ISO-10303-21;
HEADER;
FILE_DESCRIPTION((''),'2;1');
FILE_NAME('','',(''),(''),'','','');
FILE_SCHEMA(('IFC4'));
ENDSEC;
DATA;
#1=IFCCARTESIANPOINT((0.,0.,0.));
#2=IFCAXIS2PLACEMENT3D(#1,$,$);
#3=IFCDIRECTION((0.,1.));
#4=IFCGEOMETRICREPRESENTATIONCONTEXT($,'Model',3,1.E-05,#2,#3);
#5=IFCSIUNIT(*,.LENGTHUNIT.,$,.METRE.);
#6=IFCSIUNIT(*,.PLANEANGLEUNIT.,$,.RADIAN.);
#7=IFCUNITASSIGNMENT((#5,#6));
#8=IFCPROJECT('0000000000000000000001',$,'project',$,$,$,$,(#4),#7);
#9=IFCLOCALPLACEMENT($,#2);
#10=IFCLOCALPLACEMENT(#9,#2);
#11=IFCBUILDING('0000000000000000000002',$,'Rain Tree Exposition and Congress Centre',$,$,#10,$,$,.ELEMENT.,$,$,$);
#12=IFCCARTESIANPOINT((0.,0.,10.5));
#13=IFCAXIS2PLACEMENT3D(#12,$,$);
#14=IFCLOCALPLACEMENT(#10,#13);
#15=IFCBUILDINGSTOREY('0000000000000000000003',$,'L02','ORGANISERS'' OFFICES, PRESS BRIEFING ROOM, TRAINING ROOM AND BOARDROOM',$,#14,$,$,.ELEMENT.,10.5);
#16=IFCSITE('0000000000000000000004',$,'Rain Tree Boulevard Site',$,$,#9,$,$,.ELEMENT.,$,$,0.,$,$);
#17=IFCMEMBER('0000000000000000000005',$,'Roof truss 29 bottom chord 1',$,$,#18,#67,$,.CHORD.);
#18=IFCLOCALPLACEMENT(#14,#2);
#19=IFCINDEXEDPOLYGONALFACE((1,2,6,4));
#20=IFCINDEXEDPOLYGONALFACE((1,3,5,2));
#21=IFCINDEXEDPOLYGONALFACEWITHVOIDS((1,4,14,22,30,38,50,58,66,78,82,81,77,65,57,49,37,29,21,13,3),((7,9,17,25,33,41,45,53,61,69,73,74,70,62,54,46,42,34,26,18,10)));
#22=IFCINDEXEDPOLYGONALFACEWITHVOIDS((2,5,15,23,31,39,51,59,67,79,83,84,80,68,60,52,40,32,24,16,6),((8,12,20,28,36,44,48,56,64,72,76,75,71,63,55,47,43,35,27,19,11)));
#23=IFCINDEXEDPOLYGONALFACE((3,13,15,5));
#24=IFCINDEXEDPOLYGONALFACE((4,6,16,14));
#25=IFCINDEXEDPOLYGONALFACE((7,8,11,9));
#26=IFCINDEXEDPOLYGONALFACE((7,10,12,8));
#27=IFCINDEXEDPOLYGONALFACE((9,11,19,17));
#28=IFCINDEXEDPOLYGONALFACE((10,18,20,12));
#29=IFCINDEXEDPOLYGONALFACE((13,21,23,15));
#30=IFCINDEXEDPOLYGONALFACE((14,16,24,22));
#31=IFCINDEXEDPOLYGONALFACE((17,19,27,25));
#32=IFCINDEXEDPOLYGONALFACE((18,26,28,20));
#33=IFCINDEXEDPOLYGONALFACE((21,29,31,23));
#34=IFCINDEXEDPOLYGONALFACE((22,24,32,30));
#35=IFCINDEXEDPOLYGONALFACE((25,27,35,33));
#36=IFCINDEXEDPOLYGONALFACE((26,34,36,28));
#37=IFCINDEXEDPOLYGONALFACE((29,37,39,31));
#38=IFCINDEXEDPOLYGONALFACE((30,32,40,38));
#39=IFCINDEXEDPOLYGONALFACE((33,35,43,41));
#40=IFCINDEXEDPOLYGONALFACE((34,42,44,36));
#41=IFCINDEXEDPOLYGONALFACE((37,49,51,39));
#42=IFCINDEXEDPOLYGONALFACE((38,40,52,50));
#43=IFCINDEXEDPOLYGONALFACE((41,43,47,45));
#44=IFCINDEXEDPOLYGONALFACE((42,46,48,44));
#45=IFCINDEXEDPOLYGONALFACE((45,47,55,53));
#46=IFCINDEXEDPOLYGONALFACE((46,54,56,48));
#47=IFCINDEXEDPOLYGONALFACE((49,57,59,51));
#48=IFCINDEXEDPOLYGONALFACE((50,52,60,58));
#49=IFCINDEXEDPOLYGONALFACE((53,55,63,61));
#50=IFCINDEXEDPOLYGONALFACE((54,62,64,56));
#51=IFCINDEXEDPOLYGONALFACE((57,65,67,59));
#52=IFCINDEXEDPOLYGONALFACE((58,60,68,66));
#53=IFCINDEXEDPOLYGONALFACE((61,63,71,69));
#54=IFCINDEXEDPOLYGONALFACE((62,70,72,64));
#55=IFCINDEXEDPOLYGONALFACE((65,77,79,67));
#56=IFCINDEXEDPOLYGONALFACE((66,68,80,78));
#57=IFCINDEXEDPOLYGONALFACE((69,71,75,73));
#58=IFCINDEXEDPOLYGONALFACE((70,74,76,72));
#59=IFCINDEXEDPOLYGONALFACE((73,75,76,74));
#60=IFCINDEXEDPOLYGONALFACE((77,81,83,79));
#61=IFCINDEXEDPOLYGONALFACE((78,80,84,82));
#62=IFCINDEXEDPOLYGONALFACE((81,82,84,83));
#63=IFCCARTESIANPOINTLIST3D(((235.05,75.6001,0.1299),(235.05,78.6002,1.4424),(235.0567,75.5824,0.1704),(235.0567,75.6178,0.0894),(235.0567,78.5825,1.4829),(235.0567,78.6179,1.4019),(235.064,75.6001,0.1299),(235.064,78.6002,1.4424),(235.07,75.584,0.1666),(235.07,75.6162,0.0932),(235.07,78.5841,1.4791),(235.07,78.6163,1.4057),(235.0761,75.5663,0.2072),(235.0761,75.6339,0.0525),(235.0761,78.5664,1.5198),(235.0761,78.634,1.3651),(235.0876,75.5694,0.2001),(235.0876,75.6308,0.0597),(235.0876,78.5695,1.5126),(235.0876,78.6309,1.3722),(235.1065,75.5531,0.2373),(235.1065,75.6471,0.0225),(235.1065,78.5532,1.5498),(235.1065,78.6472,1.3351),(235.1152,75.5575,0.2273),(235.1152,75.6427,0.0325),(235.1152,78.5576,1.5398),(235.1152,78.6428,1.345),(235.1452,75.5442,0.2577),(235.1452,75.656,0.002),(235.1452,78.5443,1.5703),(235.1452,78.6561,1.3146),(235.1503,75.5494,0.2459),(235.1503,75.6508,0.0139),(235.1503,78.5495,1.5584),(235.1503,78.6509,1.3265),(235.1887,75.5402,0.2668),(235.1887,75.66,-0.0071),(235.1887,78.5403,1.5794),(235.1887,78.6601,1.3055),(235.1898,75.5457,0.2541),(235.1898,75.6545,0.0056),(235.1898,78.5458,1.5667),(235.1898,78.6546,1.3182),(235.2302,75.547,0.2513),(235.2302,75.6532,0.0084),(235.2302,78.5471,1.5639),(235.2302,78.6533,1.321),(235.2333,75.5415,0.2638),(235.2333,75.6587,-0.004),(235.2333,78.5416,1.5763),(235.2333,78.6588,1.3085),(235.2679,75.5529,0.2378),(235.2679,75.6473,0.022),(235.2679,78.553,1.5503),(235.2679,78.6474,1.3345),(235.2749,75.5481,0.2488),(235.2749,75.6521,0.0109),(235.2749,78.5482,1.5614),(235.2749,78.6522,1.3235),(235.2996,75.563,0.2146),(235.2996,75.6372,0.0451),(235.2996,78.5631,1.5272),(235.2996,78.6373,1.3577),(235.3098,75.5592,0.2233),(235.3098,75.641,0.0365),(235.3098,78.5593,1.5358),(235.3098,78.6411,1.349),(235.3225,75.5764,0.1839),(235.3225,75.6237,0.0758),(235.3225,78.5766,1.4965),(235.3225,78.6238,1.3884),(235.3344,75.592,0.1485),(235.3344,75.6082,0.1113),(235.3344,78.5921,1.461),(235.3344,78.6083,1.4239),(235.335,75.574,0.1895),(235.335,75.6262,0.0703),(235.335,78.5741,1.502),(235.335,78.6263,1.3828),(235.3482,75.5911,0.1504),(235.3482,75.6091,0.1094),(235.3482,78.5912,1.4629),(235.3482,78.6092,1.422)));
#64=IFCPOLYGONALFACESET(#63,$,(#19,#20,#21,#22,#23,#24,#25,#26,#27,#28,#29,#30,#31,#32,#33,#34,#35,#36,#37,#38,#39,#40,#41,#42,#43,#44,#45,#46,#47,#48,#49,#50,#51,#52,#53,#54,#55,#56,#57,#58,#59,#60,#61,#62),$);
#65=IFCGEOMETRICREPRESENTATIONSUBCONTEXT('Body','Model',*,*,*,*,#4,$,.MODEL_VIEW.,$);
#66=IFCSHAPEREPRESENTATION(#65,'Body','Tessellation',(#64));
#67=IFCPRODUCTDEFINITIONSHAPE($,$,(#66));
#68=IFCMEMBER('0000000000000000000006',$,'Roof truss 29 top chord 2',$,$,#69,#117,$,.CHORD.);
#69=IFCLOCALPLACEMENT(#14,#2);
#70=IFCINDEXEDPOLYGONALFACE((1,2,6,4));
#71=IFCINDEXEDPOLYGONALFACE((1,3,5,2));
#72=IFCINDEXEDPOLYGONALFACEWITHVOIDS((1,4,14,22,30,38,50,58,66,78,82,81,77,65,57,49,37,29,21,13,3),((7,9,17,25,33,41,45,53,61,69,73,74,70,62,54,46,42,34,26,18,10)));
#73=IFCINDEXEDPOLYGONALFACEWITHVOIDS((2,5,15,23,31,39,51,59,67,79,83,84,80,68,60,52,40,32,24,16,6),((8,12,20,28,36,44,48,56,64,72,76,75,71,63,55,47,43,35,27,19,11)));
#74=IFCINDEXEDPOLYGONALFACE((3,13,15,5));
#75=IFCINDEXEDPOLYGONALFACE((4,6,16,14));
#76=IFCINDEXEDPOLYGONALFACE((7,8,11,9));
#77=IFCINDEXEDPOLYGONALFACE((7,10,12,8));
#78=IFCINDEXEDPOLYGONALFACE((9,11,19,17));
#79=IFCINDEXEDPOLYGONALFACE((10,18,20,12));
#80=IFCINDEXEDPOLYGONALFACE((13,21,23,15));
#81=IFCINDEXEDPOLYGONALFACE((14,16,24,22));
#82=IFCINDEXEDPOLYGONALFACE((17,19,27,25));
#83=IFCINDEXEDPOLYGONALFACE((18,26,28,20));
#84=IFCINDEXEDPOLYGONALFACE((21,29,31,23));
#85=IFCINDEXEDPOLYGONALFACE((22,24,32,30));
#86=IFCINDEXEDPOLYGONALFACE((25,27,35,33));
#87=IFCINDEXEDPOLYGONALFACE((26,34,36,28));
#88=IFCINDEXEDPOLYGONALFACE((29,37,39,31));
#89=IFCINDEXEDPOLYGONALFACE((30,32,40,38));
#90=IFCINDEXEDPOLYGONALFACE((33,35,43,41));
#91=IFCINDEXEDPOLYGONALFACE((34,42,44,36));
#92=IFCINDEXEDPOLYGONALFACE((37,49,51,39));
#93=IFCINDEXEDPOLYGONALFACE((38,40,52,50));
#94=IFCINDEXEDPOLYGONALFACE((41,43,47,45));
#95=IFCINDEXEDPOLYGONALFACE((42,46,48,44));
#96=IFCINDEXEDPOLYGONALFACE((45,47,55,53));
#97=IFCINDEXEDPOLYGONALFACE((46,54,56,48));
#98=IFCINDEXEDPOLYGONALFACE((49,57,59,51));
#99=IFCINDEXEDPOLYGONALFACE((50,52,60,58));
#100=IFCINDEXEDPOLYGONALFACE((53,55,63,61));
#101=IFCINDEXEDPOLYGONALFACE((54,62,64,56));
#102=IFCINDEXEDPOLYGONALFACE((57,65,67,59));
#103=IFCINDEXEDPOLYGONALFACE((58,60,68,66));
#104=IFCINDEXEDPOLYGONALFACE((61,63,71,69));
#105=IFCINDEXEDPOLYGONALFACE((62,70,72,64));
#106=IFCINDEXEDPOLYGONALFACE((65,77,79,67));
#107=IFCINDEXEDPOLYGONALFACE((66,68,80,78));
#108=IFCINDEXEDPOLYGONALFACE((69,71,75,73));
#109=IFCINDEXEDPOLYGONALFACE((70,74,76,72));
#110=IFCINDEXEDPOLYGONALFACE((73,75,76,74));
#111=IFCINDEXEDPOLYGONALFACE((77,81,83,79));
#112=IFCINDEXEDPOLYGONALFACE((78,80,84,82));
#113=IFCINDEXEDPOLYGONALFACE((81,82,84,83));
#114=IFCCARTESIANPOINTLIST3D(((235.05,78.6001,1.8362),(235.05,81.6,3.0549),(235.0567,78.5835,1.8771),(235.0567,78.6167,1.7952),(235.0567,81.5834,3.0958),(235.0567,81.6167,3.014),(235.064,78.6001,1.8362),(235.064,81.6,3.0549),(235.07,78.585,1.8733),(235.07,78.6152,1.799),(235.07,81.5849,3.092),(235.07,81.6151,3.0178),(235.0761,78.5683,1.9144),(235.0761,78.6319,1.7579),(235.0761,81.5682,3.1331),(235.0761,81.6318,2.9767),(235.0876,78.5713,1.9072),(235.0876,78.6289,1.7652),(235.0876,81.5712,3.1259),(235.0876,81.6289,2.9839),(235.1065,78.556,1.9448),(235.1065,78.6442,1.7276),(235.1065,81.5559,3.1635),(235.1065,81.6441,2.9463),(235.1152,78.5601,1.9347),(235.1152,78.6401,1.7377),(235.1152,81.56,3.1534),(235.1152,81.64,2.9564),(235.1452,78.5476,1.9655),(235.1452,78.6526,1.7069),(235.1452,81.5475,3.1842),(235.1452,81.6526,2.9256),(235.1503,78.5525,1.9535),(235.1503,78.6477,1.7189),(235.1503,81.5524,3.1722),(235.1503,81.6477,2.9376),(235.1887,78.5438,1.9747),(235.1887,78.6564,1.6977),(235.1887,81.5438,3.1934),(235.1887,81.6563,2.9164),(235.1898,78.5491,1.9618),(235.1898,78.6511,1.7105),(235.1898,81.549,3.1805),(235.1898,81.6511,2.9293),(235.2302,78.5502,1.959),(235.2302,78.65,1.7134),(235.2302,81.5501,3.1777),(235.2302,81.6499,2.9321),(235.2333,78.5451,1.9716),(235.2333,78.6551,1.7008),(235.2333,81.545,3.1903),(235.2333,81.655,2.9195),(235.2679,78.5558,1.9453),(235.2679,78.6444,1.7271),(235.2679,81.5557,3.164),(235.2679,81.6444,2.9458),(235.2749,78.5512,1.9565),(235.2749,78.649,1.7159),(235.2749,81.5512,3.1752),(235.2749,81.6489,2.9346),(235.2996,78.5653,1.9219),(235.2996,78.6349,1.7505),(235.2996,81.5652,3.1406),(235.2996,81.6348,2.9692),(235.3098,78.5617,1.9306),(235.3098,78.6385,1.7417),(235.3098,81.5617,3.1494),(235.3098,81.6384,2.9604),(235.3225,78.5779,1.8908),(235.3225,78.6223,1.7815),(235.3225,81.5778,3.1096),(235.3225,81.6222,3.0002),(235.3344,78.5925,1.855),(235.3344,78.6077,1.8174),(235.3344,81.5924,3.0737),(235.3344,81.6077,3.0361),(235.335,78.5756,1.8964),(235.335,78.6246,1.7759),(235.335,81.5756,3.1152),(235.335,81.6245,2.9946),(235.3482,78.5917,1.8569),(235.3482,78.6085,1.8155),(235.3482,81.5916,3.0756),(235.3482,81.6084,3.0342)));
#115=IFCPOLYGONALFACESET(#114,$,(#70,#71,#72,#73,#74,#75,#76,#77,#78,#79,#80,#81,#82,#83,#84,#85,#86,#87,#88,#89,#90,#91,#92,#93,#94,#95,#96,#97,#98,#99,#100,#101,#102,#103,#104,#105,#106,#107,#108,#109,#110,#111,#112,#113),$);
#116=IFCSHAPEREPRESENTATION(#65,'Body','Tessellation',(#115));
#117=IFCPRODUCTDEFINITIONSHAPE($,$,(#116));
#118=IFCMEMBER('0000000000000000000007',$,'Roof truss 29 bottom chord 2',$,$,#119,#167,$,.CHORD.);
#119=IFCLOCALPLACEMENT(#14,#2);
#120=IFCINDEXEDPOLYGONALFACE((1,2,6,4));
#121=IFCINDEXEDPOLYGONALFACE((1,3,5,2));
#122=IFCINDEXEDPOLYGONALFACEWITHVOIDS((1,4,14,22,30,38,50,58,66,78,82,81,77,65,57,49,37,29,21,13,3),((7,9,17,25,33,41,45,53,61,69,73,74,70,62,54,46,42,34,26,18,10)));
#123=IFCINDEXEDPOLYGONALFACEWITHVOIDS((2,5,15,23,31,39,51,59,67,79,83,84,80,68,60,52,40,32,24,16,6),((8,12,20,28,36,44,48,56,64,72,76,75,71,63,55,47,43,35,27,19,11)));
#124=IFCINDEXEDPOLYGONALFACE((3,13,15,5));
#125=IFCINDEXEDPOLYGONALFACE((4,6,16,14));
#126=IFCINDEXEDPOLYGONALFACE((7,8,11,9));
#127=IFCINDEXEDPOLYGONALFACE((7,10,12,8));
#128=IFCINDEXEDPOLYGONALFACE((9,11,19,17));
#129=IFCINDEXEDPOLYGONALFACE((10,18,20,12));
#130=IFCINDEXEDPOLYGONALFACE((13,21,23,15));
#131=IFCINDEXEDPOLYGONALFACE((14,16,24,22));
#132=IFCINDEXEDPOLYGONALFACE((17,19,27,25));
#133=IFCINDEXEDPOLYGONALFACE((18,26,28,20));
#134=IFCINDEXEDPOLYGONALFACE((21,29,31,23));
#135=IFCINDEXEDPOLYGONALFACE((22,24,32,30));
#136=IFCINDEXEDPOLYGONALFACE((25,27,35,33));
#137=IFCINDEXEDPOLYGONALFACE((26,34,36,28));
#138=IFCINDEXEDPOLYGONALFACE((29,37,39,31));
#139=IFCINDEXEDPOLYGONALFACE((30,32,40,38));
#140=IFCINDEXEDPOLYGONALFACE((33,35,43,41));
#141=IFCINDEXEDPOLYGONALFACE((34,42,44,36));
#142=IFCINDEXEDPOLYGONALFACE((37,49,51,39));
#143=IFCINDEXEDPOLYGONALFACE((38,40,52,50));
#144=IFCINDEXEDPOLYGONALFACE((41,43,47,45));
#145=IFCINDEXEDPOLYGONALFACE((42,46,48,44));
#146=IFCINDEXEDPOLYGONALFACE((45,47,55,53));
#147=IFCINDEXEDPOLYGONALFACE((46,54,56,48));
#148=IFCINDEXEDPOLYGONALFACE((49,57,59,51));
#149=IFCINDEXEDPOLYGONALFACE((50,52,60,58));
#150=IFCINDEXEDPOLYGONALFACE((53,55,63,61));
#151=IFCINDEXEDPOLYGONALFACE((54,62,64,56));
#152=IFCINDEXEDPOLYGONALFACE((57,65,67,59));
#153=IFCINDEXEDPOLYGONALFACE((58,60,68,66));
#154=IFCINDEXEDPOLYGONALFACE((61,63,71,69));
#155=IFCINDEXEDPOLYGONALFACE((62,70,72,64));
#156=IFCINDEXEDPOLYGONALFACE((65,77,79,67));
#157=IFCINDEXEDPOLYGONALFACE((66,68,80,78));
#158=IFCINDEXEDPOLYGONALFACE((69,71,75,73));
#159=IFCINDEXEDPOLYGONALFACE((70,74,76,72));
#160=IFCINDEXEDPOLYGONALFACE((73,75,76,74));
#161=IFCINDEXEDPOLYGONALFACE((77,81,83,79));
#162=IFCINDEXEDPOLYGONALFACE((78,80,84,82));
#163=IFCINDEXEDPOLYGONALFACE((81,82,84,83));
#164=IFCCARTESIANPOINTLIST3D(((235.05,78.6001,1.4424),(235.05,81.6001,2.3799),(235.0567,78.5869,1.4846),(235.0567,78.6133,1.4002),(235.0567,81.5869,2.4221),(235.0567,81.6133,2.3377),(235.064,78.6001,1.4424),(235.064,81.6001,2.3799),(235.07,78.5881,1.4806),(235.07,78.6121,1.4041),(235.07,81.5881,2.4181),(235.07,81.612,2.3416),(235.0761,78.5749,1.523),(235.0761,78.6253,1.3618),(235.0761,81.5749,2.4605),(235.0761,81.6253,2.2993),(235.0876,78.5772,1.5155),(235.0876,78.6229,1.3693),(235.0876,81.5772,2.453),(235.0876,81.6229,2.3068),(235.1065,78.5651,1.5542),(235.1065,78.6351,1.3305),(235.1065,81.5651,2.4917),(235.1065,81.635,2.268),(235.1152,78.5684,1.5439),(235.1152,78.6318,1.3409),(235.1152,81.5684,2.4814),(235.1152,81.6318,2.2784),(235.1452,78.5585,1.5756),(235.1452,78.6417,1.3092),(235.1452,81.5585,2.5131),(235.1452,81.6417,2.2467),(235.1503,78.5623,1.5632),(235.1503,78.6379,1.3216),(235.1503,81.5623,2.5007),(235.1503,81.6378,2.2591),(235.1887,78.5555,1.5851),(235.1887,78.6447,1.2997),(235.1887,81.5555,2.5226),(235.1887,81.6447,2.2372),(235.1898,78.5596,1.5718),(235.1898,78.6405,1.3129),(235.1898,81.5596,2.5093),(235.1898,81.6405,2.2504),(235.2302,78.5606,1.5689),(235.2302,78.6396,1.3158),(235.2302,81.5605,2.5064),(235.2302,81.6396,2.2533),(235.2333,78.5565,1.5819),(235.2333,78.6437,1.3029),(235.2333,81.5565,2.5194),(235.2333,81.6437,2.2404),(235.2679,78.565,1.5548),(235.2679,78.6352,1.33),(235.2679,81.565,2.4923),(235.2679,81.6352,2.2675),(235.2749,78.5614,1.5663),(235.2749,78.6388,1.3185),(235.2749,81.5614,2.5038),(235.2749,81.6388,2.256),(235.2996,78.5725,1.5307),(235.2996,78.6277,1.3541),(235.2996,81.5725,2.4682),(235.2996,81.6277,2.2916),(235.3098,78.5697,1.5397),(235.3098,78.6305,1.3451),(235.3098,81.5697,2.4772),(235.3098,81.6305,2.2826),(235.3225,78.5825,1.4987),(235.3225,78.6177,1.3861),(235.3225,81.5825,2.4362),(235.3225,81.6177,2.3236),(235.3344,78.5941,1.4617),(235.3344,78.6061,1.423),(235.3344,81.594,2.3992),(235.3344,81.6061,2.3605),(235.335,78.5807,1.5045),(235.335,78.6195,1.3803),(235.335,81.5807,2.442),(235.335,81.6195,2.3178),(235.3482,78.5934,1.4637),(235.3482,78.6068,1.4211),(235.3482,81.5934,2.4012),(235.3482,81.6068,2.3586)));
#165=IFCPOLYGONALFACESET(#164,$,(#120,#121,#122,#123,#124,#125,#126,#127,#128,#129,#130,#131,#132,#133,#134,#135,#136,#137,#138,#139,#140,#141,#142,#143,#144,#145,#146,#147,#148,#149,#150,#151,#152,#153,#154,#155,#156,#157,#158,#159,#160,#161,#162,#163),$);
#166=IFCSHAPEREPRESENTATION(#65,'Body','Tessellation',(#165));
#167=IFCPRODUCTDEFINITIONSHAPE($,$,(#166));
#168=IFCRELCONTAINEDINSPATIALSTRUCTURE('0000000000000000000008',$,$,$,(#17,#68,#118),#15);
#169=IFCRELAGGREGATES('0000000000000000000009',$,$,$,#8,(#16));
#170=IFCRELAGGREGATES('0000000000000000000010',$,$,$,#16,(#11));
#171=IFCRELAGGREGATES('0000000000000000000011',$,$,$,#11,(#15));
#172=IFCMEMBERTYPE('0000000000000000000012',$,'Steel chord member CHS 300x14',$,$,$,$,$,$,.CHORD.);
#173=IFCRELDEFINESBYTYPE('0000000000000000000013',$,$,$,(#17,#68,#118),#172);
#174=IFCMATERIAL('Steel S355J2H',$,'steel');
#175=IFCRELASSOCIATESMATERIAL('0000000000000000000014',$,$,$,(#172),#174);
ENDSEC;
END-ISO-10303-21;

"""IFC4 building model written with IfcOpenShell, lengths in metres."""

from ifc_helpers import new_model, si_unit, direction, frame, origin, origin_2d, place, context, subcontext, project, spatial, hollow_circle, extrude, material, material_profile, profile_set, type_object, element, save


model = new_model("IFC4")

# Units and contexts
model_context = context("Model", 3, precision=1e-05, world=origin(), true_north=direction((0.0, 1.0)))
body_context = subcontext(model_context, "Body", "Model", "MODEL_VIEW")
ifc_project = project(units=[si_unit("LENGTHUNIT", "METRE"), si_unit("PLANEANGLEUNIT", "RADIAN")], contexts=[model_context])

# Site, building, storey
site_placement = place(None, origin())
site = spatial("IfcSite", under=ifc_project, at=site_placement, Name="Rain Tree Boulevard Site", CompositionType="ELEMENT", RefElevation=0.0)
building_placement = place(site_placement, origin())
building = spatial("IfcBuilding", under=site, at=building_placement, Name="Rain Tree Exposition and Congress Centre", CompositionType="ELEMENT")
storey_placement = place(building_placement, frame((0.0, 0.0, 10.5)))
storey = spatial("IfcBuildingStorey", under=building, at=storey_placement, Name="L02", Description="ORGANISERS' OFFICES, PRESS BRIEFING ROOM, TRAINING ROOM AND BOARDROOM", CompositionType="ELEMENT", Elevation=10.5)

# Members
ifc_material_1 = material(Name="Steel S355J2H", Category="steel")
ifc_material_profile_1 = material_profile(ifc_material_1, hollow_circle(Radius=0.1499, WallThickness=0.0139, at=origin_2d()), Name="CHS 300x14")
ifc_profile_set_1 = profile_set([ifc_material_profile_1], Name="Steel S355J2H")
member_type_1 = type_object("IfcMemberType", Name="Steel chord member CHS 300x14", PredefinedType="CHORD", material=ifc_profile_set_1)
member_1_placement = place(storey_placement, frame((235.2, 75.6001, 0.1299), z_axis=(0.0, 0.916157, 0.400819), x_axis=(-1.0, 0.0, 0.0)))
element("IfcMember", 1, at=member_1_placement, inside=storey, type_object=member_type_1, Name="Roof truss 29 bottom chord 1", PredefinedType="CHORD", context=body_context, shape_type="SweptSolid", body=[
    extrude(hollow_circle(Radius=0.1499, WallThickness=0.0139, at=origin_2d()), origin(), (0.0, 0.0, 1.0), 3.2747),
])
member_2_placement = place(storey_placement, frame((235.2, 78.6001, 1.8362), z_axis=(0.0, 0.926467, 0.376377), x_axis=(-1.0, 0.0, 0.0)))
element("IfcMember", 2, at=member_2_placement, inside=storey, type_object=member_type_1, Name="Roof truss 29 top chord 2", PredefinedType="CHORD", context=body_context, shape_type="SweptSolid", body=[
    extrude(hollow_circle(Radius=0.1499, WallThickness=0.0139, at=origin_2d()), origin(), (0.0, 0.0, 1.0), 3.238),
])
member_3_placement = place(storey_placement, frame((235.2, 78.6001, 1.4424), z_axis=(0.0, 0.95448, 0.298275), x_axis=(-1.0, 0.0, 0.0)))
element("IfcMember", 3, at=member_3_placement, inside=storey, type_object=member_type_1, Name="Roof truss 29 bottom chord 2", PredefinedType="CHORD", context=body_context, shape_type="SweptSolid", body=[
    extrude(hollow_circle(Radius=0.1499, WallThickness=0.0139, at=origin_2d()), origin(), (0.0, 0.0, 1.0), 3.1431),
])

save(model, "model.ifc")
